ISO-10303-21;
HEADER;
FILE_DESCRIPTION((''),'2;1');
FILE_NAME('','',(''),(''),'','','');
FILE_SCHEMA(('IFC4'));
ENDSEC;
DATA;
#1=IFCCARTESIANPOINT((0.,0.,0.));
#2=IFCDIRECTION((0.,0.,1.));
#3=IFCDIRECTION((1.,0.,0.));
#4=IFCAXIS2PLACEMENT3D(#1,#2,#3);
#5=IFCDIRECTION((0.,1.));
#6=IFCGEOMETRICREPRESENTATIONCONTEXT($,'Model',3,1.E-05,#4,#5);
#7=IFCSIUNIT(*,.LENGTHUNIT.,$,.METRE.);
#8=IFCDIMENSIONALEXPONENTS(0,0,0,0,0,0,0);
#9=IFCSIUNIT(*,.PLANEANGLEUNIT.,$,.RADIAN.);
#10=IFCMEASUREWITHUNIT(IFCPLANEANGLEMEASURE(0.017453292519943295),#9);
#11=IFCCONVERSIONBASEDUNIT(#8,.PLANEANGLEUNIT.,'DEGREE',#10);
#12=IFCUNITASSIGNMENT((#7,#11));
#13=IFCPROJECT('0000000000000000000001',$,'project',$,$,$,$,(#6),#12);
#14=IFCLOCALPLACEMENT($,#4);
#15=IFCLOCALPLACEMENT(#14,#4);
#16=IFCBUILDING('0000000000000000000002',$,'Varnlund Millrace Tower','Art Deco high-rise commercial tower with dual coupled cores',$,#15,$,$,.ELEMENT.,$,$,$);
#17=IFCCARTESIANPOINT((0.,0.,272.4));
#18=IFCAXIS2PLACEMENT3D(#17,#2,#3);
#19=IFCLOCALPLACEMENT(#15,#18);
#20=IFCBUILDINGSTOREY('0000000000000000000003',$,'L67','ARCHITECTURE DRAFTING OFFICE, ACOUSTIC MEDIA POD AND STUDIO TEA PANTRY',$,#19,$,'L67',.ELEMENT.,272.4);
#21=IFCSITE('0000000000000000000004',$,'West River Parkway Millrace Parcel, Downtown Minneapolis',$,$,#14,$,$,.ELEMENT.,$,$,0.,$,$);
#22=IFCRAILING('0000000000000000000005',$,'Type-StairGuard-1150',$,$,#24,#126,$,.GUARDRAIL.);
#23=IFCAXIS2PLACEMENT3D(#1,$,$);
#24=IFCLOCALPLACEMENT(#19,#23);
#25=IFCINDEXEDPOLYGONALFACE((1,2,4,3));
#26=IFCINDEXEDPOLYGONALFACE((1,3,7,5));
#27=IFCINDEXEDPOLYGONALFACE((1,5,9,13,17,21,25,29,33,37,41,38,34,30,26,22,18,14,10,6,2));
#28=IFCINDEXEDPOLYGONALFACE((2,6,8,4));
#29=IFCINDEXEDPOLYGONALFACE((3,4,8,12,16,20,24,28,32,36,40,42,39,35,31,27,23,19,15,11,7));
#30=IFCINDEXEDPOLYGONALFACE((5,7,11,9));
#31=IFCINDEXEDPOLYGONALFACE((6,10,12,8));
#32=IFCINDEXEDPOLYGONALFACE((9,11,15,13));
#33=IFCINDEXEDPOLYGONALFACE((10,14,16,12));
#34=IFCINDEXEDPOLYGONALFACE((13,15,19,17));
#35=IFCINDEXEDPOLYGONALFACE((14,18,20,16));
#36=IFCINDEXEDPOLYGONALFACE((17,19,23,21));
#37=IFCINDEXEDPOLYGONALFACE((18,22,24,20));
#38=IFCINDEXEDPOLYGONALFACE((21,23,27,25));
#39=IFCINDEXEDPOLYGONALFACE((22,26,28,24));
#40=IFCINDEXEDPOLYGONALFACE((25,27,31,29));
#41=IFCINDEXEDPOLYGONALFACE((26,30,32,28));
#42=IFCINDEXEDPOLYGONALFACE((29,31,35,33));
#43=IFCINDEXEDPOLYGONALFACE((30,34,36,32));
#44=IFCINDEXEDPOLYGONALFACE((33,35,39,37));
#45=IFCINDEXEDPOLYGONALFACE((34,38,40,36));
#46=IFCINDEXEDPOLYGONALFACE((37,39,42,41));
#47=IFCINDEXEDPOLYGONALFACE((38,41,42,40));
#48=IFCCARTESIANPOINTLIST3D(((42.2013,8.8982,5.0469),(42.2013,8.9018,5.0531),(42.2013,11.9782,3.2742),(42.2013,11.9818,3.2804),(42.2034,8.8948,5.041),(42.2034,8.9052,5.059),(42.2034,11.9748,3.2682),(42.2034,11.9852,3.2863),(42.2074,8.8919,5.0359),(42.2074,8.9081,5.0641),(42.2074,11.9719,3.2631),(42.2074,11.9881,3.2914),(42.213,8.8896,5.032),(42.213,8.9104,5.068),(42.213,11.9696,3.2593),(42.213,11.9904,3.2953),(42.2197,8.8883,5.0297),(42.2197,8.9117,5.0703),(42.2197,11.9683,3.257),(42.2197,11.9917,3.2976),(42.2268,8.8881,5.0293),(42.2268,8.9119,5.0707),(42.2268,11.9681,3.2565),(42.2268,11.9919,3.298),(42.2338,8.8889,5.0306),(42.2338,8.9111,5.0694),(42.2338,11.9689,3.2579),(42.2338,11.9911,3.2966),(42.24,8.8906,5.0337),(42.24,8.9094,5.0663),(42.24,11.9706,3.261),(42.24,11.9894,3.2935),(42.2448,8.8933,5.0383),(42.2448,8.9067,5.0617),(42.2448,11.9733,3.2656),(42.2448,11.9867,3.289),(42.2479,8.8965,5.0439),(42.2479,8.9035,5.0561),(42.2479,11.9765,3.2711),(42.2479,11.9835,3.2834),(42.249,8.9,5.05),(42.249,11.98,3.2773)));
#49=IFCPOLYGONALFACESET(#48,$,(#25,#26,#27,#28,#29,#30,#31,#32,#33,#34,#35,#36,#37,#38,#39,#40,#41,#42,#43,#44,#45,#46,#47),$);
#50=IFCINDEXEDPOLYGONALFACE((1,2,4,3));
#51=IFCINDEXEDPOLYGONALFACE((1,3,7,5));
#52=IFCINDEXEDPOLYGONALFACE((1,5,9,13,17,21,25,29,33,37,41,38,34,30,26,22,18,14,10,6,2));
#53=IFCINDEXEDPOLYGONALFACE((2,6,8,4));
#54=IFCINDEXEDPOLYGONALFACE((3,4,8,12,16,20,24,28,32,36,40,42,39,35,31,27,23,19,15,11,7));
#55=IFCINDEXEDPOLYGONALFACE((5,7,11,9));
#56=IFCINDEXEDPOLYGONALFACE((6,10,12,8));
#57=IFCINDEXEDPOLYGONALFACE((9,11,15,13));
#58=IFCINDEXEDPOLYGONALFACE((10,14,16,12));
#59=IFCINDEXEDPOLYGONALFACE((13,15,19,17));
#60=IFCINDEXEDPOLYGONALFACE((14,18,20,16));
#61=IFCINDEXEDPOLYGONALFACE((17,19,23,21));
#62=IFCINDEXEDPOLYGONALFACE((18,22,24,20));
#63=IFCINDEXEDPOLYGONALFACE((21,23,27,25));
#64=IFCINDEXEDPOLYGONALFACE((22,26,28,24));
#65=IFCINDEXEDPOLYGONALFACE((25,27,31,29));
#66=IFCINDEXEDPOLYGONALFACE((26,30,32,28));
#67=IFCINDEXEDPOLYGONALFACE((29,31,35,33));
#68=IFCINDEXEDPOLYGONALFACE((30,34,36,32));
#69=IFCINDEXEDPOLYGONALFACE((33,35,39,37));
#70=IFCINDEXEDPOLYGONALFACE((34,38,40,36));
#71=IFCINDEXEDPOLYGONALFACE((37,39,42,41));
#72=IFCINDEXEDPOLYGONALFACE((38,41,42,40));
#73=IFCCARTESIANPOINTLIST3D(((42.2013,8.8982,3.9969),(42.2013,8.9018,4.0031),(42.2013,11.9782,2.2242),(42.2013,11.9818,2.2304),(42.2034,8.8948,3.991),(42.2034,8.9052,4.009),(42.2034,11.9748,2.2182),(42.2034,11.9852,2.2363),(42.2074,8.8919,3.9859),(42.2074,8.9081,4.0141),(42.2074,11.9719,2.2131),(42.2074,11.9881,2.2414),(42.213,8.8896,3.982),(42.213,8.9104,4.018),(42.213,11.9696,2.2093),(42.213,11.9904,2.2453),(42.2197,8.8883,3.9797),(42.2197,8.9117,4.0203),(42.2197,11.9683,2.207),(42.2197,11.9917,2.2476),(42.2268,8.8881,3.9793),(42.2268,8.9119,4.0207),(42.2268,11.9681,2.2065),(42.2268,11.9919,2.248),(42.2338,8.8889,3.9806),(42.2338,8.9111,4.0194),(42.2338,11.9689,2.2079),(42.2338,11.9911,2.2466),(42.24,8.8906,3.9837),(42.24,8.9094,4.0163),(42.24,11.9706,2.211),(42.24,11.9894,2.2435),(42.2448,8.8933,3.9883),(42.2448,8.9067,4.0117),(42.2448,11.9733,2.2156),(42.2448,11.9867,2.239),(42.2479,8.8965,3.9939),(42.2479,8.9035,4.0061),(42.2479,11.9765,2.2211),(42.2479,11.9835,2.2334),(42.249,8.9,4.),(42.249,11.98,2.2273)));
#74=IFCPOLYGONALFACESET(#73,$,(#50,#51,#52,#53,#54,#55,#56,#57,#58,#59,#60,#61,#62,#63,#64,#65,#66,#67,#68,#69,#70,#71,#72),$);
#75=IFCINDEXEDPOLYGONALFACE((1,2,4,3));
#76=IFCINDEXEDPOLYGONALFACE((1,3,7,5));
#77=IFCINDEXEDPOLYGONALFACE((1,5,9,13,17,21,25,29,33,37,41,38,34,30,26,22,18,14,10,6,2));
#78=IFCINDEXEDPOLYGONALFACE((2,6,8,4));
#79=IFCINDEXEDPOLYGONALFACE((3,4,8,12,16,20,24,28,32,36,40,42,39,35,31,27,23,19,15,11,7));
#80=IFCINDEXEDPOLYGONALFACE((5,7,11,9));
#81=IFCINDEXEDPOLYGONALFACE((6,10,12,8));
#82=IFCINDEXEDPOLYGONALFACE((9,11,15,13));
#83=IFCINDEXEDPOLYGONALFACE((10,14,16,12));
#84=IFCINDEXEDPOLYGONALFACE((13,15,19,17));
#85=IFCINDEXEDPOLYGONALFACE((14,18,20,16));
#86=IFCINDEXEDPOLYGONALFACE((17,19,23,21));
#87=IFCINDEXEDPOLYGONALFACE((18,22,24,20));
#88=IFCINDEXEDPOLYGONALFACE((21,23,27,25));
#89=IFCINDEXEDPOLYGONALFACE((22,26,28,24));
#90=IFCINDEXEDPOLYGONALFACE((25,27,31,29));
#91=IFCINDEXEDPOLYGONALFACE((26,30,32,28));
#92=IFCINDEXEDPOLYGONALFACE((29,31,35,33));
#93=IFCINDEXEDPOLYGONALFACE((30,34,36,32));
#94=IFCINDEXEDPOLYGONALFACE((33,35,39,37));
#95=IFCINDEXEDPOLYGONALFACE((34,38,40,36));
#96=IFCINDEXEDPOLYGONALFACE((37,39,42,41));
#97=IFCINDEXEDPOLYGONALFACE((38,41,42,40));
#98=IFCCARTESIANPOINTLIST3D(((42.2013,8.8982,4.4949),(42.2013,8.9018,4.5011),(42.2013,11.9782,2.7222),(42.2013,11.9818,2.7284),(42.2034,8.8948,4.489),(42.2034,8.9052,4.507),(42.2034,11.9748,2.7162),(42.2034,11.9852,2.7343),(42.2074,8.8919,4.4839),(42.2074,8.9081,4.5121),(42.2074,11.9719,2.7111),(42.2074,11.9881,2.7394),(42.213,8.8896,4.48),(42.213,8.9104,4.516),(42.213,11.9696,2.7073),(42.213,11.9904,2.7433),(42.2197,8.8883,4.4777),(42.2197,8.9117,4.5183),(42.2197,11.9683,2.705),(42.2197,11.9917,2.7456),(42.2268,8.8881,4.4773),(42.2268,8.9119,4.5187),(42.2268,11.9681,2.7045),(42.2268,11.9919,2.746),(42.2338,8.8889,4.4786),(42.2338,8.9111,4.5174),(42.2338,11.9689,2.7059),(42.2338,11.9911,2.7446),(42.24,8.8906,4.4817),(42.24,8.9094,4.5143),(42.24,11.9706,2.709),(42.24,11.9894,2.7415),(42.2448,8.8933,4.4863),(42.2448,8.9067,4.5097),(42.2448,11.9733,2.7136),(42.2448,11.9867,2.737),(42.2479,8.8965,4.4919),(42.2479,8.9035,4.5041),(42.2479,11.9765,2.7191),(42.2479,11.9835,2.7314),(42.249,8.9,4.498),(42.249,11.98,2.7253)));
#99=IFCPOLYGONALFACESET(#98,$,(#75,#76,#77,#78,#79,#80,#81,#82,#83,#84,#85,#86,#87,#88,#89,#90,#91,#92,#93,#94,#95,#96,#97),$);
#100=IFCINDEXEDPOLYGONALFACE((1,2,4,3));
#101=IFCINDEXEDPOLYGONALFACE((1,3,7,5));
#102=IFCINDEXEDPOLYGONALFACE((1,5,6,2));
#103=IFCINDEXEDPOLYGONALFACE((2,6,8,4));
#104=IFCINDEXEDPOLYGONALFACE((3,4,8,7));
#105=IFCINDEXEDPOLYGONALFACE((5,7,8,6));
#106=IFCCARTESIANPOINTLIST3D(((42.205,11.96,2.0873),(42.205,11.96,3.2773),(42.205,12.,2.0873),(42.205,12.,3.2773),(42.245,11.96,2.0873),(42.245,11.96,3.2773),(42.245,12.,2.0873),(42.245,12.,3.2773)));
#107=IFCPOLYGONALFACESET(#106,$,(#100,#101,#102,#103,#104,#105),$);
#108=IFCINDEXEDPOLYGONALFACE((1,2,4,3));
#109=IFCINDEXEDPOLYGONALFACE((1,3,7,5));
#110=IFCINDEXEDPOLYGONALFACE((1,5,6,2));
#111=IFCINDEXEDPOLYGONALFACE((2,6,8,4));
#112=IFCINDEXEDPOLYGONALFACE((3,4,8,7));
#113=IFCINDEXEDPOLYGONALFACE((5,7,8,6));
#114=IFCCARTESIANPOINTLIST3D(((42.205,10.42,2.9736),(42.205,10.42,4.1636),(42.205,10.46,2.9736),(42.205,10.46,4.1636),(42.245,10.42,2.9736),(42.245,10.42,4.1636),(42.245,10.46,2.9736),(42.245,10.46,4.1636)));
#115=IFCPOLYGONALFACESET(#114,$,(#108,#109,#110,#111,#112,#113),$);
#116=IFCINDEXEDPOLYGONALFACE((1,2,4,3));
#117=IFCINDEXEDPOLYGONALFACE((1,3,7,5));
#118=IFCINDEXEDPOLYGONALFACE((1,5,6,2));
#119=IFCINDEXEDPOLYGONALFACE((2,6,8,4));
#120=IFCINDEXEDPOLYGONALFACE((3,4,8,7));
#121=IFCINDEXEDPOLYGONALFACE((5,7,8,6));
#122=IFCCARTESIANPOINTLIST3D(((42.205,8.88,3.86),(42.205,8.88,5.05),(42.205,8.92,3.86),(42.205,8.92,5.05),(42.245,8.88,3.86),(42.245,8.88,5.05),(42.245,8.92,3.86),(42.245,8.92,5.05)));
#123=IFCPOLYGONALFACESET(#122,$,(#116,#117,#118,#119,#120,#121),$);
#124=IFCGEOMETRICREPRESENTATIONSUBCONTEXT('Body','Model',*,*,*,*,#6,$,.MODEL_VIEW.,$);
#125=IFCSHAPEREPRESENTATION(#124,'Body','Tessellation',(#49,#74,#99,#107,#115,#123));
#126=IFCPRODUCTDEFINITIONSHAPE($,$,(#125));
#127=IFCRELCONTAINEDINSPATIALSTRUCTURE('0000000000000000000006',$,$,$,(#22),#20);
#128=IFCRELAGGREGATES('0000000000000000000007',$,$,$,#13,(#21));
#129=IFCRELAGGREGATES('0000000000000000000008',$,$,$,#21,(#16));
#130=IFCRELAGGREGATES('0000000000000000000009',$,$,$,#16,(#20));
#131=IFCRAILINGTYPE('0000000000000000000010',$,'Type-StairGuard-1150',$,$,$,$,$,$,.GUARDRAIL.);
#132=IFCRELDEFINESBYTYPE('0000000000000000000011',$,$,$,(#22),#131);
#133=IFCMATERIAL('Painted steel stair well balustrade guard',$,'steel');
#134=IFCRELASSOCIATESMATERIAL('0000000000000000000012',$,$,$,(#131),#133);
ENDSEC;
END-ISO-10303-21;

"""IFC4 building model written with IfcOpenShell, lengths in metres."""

from ifc_helpers import new_model, entity, si_unit, converted_unit, direction, frame, origin_with_axes, origin_2d_with_axis, place, context, subcontext, project, spatial, rectangle, circle, extrude, material, type_object, element, save


model = new_model("IFC4")

# Units and contexts
model_context = context("Model", 3, precision=1e-05, world=origin_with_axes(), true_north=direction((0.0, 1.0)))
body_context = subcontext(model_context, "Body", "Model", "MODEL_VIEW")
ifc_project = project(units=[si_unit("LENGTHUNIT", "METRE"), converted_unit("PLANEANGLEUNIT", "DEGREE", entity("IfcPlaneAngleMeasure", 0.017453292519943295), si_unit("PLANEANGLEUNIT", "RADIAN"), dimensions=[0, 0, 0, 0, 0, 0, 0])], contexts=[model_context])

# Site, building, storey
site_placement = place(None, origin_with_axes())
site = spatial("IfcSite", under=ifc_project, at=site_placement, Name="West River Parkway Millrace Parcel, Downtown Minneapolis", CompositionType="ELEMENT", RefElevation=0.0)
building_placement = place(site_placement, origin_with_axes())
building = spatial("IfcBuilding", under=site, at=building_placement, Name="Varnlund Millrace Tower", Description="Art Deco high-rise commercial tower with dual coupled cores", CompositionType="ELEMENT")
storey_placement = place(building_placement, frame((0.0, 0.0, 272.4), z_axis=(0.0, 0.0, 1.0), x_axis=(1.0, 0.0, 0.0)))
storey = spatial("IfcBuildingStorey", under=building, at=storey_placement, Name="L67", Description="ARCHITECTURE DRAFTING OFFICE, ACOUSTIC MEDIA POD AND STUDIO TEA PANTRY", LongName="L67", CompositionType="ELEMENT", Elevation=272.4)

# Railing
ifc_material_1 = material(Name="Painted steel stair well balustrade guard", Category="steel")
railing_type_1 = type_object("IfcRailingType", Name="Type-StairGuard-1150", PredefinedType="GUARDRAIL", material=ifc_material_1)
railing_1_placement = place(storey_placement, frame((0.0, 0.0, -272.4), z_axis=(0.0, 0.0, 1.0), x_axis=(1.0, 0.0, 0.0)))
element("IfcRailing", 1, at=railing_1_placement, inside=storey, type_object=railing_type_1, Name="Type-StairGuard-1150", PredefinedType="GUARDRAIL", context=body_context, shape_type="SweptSolid", body=[
    extrude(circle(Radius=0.024, at=origin_2d_with_axis()), frame((42.225, 11.98, 275.6773), z_axis=(0.0, -0.866696, 0.498836), x_axis=(1.0, 0.0, 0.0)), (0.0, 0.0, 1.0), 3.5537),
    extrude(circle(Radius=0.024, at=origin_2d_with_axis()), frame((42.225, 11.98, 274.6273), z_axis=(0.0, -0.866696, 0.498836), x_axis=(1.0, 0.0, 0.0)), (0.0, 0.0, 1.0), 3.5537),
    extrude(circle(Radius=0.024, at=origin_2d_with_axis()), frame((42.225, 11.98, 275.1253), z_axis=(0.0, -0.866696, 0.498836), x_axis=(1.0, 0.0, 0.0)), (0.0, 0.0, 1.0), 3.5537),
    extrude(rectangle(XDim=0.04, YDim=0.04, at=origin_2d_with_axis()), frame((42.225, 11.98, 274.4873), z_axis=(0.0, 0.0, 1.0), x_axis=(1.0, 0.0, 0.0)), (0.0, 0.0, 1.0), 1.19),
    extrude(rectangle(XDim=0.04, YDim=0.04, at=origin_2d_with_axis()), frame((42.225, 10.44, 275.3736), z_axis=(0.0, 0.0, 1.0), x_axis=(1.0, 0.0, 0.0)), (0.0, 0.0, 1.0), 1.19),
    extrude(rectangle(XDim=0.04, YDim=0.04, at=origin_2d_with_axis()), frame((42.225, 8.9, 276.26), z_axis=(0.0, 0.0, 1.0), x_axis=(1.0, 0.0, 0.0)), (0.0, 0.0, 1.0), 1.19),
])

save(model, "model.ifc")
